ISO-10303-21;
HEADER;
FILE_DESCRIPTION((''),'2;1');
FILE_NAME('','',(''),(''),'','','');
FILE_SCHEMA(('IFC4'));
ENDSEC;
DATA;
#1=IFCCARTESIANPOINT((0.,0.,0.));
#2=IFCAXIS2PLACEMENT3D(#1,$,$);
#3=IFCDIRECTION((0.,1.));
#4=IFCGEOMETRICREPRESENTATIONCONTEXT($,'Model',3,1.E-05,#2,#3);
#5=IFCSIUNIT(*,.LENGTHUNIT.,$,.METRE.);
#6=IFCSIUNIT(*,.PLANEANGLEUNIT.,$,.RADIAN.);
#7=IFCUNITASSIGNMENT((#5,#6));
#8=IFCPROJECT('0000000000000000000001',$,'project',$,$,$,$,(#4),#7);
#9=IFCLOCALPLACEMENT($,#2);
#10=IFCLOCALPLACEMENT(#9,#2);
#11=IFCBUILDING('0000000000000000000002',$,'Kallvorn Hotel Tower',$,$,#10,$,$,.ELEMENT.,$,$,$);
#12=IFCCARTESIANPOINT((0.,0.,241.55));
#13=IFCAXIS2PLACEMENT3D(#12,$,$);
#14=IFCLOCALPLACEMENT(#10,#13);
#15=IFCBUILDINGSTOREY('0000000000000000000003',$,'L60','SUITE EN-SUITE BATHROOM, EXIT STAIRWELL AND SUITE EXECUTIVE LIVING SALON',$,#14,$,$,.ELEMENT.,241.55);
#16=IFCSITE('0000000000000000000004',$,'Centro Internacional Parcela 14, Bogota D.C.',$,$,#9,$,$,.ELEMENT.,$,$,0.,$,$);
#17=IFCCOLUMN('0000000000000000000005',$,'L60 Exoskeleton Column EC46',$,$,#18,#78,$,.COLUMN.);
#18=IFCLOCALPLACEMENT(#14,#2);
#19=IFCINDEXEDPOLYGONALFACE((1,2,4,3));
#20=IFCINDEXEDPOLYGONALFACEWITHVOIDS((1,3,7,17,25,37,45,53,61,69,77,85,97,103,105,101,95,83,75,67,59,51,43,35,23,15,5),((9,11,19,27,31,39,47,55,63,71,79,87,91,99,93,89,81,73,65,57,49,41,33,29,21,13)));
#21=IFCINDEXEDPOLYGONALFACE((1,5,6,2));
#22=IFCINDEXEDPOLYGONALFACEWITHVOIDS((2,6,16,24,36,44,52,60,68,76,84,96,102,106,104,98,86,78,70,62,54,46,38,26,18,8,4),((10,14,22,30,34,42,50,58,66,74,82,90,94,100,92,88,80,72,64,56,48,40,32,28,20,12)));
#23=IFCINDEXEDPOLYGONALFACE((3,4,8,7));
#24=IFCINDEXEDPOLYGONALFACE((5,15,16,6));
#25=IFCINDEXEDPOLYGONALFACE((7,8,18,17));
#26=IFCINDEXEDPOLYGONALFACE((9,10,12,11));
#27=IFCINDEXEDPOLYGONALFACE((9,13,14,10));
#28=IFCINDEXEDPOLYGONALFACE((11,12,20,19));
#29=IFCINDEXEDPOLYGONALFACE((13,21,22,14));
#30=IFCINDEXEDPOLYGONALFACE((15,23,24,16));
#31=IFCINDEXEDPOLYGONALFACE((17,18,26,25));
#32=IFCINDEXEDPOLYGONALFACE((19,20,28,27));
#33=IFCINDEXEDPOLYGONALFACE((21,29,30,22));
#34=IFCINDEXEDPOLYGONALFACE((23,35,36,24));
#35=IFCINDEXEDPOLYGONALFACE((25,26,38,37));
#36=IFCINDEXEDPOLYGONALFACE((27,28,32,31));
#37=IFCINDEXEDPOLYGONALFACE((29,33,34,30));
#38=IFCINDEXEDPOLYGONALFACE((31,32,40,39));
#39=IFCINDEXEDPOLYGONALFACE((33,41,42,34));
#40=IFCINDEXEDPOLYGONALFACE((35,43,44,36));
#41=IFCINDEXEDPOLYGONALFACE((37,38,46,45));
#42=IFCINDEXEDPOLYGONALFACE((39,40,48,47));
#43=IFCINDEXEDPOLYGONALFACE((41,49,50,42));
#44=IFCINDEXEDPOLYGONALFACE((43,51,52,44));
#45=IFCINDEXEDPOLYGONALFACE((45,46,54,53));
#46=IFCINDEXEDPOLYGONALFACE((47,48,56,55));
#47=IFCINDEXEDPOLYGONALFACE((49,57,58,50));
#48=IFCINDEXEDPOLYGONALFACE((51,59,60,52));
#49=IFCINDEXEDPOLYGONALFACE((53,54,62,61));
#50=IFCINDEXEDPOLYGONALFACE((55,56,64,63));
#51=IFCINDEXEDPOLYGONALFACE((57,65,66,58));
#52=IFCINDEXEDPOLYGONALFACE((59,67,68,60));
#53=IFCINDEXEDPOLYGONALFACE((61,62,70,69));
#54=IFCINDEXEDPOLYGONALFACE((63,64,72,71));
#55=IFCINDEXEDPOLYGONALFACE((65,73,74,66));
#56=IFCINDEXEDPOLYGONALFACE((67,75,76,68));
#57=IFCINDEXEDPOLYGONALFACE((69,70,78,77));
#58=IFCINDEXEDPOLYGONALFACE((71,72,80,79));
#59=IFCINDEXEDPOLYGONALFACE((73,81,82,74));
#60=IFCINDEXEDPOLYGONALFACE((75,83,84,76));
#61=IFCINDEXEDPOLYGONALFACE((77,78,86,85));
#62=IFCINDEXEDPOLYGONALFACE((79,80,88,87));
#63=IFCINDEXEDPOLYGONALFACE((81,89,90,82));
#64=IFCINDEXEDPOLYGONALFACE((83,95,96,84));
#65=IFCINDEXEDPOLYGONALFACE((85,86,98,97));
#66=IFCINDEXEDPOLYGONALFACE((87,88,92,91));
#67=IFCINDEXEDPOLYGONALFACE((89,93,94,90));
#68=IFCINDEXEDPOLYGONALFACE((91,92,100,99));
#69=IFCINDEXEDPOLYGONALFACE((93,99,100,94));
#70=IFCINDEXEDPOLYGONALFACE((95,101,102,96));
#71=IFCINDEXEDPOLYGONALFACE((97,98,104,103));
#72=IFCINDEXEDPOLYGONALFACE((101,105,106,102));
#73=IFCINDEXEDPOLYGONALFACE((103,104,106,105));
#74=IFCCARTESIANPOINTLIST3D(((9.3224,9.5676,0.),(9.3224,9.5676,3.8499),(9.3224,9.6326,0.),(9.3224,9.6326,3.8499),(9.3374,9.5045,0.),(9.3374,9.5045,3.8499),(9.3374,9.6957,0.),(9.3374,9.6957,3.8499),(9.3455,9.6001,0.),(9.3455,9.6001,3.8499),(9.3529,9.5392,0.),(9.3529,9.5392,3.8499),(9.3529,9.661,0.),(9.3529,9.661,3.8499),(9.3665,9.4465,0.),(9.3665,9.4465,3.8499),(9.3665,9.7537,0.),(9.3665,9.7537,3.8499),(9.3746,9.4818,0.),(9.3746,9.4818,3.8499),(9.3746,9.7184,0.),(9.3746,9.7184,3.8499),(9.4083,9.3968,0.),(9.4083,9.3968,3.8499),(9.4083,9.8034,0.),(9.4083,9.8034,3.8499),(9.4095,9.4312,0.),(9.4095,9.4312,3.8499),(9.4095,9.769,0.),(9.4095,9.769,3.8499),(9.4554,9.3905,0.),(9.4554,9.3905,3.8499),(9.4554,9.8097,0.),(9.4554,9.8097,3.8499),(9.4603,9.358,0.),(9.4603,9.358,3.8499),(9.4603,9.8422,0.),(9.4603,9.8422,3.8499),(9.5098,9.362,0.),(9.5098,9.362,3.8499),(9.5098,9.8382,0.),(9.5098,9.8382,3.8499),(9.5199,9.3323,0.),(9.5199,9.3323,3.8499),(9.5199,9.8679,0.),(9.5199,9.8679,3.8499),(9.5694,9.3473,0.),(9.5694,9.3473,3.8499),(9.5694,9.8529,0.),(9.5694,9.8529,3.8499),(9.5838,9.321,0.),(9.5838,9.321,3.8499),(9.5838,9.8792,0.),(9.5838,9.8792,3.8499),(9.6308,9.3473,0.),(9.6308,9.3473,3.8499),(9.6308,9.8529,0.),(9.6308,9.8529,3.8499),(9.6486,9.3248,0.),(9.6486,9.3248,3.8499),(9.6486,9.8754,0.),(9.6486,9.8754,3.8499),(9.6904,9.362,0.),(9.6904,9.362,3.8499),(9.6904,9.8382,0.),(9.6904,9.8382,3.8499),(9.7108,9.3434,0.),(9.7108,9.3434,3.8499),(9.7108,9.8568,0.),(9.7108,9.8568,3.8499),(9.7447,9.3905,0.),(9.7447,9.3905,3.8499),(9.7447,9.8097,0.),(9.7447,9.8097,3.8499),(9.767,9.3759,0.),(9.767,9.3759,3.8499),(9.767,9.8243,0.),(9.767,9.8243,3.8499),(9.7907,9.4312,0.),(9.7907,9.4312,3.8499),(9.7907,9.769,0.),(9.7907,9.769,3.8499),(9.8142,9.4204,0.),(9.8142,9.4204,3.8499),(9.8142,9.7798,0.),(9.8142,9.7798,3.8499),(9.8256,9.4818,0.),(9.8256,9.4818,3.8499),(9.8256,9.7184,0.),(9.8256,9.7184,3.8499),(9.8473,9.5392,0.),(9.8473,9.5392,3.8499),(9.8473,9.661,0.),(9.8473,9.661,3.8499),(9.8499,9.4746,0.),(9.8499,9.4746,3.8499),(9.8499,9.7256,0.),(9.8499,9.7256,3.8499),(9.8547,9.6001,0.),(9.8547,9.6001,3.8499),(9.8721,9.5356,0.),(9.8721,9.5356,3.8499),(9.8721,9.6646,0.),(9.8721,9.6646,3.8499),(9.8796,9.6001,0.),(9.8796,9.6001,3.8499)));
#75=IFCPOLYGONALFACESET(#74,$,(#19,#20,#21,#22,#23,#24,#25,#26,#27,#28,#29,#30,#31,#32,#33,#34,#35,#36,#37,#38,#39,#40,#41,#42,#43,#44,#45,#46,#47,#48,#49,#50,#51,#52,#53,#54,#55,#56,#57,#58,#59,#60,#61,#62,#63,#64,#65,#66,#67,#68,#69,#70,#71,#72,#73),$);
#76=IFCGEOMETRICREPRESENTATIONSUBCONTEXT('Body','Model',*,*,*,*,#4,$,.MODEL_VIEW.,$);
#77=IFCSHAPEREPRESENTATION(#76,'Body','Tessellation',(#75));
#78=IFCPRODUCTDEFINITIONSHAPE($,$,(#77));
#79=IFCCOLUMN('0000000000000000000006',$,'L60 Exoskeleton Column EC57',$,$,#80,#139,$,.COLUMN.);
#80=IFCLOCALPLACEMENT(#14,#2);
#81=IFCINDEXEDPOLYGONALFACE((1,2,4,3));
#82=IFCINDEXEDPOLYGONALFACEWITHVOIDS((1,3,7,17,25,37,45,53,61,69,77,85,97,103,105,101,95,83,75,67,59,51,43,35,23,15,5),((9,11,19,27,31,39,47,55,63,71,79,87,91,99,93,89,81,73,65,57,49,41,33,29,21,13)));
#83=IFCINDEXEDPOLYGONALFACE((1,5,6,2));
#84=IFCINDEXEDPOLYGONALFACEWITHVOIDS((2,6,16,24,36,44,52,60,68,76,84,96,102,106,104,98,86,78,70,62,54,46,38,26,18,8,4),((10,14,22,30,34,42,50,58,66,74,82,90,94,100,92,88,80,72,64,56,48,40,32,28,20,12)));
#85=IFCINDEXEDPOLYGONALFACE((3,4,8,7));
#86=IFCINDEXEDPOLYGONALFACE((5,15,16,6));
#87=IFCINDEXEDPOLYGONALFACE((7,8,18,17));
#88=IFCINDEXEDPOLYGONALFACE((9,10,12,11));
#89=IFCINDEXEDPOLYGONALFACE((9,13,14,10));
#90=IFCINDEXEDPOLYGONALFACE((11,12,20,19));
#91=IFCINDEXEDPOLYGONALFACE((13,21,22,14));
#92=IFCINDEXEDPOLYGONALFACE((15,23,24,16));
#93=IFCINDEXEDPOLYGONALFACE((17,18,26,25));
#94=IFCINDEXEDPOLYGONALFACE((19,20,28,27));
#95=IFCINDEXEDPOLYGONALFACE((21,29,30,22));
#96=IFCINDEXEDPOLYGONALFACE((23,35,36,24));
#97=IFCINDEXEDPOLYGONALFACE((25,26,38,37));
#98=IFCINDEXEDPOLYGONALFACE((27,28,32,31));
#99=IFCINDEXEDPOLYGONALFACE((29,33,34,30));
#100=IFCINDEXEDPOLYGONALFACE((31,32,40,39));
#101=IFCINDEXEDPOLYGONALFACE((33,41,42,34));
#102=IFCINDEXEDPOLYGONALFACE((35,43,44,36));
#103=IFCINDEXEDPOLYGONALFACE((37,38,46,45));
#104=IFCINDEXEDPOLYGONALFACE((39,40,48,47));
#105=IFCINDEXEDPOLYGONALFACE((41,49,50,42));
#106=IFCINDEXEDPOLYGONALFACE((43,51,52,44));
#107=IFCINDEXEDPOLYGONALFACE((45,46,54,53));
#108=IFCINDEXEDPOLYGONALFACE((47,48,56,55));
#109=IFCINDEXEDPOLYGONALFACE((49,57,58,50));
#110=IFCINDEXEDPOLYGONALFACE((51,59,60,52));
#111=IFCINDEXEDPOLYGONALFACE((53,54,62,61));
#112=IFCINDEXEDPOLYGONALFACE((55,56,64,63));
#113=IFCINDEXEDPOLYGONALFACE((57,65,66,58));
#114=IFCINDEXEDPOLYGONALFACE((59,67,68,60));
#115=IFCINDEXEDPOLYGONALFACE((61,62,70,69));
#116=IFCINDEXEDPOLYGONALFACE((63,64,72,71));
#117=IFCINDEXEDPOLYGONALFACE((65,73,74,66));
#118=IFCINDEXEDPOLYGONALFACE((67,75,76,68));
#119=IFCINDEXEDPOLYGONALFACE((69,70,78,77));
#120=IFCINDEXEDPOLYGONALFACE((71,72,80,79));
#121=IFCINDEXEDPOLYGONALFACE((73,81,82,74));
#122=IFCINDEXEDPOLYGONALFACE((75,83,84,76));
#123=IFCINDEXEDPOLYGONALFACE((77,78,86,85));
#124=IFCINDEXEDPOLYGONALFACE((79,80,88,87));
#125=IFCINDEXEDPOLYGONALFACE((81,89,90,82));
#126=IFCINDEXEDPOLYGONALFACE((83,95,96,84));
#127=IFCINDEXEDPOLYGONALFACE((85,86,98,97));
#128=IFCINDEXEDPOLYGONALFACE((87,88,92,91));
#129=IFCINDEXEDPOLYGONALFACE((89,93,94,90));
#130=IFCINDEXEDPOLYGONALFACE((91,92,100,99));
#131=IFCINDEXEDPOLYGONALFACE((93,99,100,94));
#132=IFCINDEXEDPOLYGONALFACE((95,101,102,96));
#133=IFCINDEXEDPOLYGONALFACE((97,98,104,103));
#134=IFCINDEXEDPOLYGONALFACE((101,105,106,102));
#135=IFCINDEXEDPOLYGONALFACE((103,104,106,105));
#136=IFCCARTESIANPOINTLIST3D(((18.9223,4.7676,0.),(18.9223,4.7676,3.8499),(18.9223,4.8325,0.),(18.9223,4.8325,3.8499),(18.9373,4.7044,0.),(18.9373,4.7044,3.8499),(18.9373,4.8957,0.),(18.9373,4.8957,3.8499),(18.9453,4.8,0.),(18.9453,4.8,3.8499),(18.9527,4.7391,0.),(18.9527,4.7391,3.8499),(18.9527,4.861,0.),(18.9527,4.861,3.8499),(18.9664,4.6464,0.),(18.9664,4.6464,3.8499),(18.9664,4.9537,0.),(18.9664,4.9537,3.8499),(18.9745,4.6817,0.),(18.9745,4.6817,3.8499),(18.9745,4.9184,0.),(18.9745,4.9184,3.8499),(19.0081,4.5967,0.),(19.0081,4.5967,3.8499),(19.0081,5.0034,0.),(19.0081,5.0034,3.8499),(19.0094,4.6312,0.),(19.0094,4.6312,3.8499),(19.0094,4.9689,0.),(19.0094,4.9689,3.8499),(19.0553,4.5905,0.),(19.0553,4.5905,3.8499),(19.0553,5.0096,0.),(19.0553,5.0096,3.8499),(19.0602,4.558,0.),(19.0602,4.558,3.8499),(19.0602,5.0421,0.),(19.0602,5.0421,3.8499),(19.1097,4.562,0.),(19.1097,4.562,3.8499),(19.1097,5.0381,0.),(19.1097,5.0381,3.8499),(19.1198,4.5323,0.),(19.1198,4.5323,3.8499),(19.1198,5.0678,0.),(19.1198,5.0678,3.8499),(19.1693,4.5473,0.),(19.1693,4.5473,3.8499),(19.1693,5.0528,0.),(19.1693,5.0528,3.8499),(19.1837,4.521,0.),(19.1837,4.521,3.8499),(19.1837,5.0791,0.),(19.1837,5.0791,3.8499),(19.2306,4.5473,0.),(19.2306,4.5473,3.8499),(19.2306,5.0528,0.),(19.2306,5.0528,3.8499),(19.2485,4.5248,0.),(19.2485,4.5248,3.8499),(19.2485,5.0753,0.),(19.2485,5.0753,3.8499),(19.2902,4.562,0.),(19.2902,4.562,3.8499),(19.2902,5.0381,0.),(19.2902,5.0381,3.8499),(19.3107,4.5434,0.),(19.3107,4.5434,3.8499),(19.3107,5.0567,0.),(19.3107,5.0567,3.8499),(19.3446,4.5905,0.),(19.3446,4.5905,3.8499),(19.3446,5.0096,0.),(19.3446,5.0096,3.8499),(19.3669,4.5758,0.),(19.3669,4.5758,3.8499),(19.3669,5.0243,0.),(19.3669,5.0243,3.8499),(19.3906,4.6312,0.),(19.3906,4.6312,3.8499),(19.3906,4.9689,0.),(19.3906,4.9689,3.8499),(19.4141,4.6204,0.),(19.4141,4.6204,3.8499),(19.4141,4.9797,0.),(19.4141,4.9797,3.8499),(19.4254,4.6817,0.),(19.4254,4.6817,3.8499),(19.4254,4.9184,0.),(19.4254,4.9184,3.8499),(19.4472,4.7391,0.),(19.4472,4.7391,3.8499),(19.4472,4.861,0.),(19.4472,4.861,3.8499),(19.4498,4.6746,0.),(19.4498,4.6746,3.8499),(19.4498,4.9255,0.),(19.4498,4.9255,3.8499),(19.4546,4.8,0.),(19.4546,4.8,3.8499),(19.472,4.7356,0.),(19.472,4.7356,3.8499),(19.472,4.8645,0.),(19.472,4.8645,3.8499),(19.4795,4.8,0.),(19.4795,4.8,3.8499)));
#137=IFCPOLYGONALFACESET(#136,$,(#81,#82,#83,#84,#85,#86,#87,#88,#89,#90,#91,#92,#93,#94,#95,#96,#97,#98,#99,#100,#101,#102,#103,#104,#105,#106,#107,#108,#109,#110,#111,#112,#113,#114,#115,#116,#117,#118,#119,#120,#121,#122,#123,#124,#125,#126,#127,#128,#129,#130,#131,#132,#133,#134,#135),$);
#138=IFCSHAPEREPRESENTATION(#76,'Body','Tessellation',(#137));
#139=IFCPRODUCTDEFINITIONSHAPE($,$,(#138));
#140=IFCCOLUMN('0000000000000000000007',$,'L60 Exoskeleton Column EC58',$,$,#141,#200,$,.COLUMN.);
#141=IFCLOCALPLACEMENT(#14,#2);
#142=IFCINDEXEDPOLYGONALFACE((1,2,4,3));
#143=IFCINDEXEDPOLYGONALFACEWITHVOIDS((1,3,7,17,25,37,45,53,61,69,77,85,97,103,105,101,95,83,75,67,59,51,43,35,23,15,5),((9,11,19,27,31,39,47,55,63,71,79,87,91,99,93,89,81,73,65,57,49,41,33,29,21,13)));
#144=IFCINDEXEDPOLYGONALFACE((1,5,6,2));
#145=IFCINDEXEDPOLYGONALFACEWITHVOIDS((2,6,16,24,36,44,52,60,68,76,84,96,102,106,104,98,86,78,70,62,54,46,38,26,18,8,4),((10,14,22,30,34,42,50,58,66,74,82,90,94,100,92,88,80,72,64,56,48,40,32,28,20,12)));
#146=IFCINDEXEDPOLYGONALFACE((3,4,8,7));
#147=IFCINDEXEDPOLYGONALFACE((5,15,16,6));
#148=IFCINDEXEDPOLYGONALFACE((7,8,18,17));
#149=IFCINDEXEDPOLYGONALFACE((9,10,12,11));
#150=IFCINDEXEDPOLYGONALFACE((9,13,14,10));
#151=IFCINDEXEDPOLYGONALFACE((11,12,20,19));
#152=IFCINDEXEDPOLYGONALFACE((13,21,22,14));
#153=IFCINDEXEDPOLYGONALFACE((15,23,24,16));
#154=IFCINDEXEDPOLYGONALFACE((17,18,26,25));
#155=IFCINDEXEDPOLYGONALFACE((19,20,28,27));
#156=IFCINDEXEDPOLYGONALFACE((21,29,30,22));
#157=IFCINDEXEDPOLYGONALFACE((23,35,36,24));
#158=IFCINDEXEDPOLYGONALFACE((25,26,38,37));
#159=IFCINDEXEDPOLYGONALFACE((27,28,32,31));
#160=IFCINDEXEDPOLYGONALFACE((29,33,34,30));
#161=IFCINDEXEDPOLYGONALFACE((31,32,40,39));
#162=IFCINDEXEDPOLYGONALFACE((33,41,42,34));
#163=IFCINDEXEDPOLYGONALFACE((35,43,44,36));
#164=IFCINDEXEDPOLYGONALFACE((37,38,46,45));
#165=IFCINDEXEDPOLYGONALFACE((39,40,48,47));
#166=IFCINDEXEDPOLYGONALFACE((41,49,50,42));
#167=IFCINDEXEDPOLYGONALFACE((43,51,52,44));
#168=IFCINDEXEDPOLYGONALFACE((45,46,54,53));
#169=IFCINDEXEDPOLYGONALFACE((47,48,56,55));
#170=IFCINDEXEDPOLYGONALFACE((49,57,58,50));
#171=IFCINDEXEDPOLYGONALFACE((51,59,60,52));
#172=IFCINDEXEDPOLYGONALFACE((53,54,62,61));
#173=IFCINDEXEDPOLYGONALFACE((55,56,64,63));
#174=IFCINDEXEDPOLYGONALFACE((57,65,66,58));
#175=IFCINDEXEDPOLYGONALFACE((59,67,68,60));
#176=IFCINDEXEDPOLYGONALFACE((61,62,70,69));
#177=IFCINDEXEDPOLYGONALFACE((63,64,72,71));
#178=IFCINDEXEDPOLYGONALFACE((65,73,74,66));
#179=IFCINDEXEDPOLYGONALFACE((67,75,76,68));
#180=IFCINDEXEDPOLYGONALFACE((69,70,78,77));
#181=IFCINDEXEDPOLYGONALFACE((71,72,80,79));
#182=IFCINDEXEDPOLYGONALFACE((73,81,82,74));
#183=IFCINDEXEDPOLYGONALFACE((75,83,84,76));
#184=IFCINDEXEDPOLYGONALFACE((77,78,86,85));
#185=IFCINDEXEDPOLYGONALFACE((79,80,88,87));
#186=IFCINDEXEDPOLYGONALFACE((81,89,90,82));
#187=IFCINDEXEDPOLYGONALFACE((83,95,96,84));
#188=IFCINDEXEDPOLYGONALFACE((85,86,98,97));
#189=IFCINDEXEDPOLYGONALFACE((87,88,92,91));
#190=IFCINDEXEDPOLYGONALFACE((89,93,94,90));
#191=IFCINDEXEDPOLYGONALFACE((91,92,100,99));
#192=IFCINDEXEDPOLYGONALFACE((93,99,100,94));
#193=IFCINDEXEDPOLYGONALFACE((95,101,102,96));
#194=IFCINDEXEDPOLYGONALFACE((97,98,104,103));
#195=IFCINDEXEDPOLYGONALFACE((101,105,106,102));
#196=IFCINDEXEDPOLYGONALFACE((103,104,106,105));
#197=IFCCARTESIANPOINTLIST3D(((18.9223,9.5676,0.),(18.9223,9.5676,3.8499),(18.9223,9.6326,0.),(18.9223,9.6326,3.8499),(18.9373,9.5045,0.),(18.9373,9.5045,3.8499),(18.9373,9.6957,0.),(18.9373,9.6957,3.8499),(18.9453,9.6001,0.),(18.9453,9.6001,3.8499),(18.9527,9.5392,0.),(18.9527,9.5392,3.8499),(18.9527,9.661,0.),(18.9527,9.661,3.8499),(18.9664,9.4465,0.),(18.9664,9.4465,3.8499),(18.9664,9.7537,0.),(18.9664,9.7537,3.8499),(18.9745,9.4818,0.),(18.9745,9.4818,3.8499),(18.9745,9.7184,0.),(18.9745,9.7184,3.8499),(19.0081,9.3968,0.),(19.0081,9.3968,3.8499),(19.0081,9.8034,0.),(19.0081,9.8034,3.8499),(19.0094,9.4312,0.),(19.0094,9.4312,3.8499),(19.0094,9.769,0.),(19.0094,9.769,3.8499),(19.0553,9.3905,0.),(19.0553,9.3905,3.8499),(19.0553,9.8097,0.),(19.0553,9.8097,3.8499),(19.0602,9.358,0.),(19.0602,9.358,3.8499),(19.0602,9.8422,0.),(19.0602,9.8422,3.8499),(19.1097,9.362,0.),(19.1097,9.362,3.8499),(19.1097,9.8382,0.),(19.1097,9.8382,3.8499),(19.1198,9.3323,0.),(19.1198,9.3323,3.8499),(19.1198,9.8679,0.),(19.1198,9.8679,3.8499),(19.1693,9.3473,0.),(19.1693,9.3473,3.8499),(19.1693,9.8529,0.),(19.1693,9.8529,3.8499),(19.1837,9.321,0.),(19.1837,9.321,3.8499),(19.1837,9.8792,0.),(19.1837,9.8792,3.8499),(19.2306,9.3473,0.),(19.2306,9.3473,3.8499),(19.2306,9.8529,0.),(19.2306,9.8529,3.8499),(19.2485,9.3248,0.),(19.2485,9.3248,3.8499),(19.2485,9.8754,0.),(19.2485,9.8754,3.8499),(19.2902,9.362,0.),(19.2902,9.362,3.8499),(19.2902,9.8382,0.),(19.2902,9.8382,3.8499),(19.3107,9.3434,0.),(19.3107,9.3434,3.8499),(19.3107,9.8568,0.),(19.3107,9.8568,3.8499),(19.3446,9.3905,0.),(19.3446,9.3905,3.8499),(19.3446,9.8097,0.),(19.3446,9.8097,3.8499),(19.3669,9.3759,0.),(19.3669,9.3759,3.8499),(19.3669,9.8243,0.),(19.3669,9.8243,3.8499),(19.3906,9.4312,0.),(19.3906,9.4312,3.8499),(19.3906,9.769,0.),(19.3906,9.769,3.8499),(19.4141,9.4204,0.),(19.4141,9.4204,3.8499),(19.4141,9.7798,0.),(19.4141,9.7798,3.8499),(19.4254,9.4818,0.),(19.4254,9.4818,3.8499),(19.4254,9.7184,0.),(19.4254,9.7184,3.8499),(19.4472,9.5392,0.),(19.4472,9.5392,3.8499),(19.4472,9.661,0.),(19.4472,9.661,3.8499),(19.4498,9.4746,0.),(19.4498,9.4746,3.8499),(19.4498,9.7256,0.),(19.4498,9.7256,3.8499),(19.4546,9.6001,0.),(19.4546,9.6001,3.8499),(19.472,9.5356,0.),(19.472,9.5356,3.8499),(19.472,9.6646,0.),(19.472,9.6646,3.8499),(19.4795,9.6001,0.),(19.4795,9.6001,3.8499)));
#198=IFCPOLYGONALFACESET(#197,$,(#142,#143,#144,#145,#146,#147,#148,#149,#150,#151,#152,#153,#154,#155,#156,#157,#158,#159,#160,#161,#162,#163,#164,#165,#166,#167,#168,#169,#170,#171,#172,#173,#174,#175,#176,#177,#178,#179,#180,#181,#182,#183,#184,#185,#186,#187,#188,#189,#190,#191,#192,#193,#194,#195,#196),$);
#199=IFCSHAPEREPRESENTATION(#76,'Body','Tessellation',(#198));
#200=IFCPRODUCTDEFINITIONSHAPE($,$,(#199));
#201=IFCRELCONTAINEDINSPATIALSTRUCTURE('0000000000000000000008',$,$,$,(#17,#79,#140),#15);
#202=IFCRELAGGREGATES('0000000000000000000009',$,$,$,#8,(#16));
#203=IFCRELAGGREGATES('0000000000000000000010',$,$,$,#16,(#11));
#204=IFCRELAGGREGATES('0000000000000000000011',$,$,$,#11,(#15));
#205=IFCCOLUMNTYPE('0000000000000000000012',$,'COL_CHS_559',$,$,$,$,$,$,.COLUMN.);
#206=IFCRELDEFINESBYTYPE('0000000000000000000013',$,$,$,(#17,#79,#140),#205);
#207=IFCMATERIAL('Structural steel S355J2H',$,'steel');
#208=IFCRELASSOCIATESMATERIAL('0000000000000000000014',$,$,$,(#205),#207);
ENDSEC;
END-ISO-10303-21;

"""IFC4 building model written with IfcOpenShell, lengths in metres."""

from ifc_helpers import new_model, si_unit, direction, frame, origin, origin_2d, place, context, subcontext, project, spatial, hollow_circle, extrude, material, material_profile, profile_set, type_object, element, save


model = new_model("IFC4")

# Units and contexts
model_context = context("Model", 3, precision=1e-05, world=origin(), true_north=direction((0.0, 1.0)))
body_context = subcontext(model_context, "Body", "Model", "MODEL_VIEW")
ifc_project = project(units=[si_unit("LENGTHUNIT", "METRE"), si_unit("PLANEANGLEUNIT", "RADIAN")], contexts=[model_context])

# Site, building, storey
site_placement = place(None, origin())
site = spatial("IfcSite", under=ifc_project, at=site_placement, Name="Centro Internacional Parcela 14, Bogota D.C.", CompositionType="ELEMENT", RefElevation=0.0)
building_placement = place(site_placement, origin())
building = spatial("IfcBuilding", under=site, at=building_placement, Name="Kallvorn Hotel Tower", CompositionType="ELEMENT")
storey_placement = place(building_placement, frame((0.0, 0.0, 241.55)))
storey = spatial("IfcBuildingStorey", under=building, at=storey_placement, Name="L60", Description="SUITE EN-SUITE BATHROOM, EXIT STAIRWELL AND SUITE EXECUTIVE LIVING SALON", CompositionType="ELEMENT", Elevation=241.55)

# Columns
ifc_material_1 = material(Name="Structural steel S355J2H", Category="steel")
ifc_material_profile_1 = material_profile(ifc_material_1, hollow_circle(Radius=0.2795, WallThickness=0.0249, at=origin_2d()), Name="CHS 559x25")
ifc_profile_set_1 = profile_set([ifc_material_profile_1], Name="Structural steel S355J2H")
column_type_1 = type_object("IfcColumnType", Name="COL_CHS_559", PredefinedType="COLUMN", material=ifc_profile_set_1)
for number, where, z_axis, x_axis, name in (
    (1, (9.6001, 9.6001, 0.0), (0.0, 0.0, 1.0), (1.0, 0.0, 0.0), "L60 Exoskeleton Column EC46"),
    (2, (19.2, 4.8, 0.0), (0.0, 0.0, 1.0), (1.0, 0.0, 0.0), "L60 Exoskeleton Column EC57"),
    (3, (19.2, 9.6001, 0.0), (0.0, 0.0, 1.0), (1.0, 0.0, 0.0), "L60 Exoskeleton Column EC58"),
):
    element("IfcColumn", number, at=place(storey_placement, frame(where, z_axis=z_axis, x_axis=x_axis)), inside=storey, type_object=column_type_1, Name=name, PredefinedType="COLUMN", context=body_context, shape_type="SweptSolid", body=[
        extrude(hollow_circle(Radius=0.2795, WallThickness=0.0249, at=origin_2d()), origin(), (0.0, 0.0, 1.0), 3.8499),
    ])

save(model, "model.ifc")
